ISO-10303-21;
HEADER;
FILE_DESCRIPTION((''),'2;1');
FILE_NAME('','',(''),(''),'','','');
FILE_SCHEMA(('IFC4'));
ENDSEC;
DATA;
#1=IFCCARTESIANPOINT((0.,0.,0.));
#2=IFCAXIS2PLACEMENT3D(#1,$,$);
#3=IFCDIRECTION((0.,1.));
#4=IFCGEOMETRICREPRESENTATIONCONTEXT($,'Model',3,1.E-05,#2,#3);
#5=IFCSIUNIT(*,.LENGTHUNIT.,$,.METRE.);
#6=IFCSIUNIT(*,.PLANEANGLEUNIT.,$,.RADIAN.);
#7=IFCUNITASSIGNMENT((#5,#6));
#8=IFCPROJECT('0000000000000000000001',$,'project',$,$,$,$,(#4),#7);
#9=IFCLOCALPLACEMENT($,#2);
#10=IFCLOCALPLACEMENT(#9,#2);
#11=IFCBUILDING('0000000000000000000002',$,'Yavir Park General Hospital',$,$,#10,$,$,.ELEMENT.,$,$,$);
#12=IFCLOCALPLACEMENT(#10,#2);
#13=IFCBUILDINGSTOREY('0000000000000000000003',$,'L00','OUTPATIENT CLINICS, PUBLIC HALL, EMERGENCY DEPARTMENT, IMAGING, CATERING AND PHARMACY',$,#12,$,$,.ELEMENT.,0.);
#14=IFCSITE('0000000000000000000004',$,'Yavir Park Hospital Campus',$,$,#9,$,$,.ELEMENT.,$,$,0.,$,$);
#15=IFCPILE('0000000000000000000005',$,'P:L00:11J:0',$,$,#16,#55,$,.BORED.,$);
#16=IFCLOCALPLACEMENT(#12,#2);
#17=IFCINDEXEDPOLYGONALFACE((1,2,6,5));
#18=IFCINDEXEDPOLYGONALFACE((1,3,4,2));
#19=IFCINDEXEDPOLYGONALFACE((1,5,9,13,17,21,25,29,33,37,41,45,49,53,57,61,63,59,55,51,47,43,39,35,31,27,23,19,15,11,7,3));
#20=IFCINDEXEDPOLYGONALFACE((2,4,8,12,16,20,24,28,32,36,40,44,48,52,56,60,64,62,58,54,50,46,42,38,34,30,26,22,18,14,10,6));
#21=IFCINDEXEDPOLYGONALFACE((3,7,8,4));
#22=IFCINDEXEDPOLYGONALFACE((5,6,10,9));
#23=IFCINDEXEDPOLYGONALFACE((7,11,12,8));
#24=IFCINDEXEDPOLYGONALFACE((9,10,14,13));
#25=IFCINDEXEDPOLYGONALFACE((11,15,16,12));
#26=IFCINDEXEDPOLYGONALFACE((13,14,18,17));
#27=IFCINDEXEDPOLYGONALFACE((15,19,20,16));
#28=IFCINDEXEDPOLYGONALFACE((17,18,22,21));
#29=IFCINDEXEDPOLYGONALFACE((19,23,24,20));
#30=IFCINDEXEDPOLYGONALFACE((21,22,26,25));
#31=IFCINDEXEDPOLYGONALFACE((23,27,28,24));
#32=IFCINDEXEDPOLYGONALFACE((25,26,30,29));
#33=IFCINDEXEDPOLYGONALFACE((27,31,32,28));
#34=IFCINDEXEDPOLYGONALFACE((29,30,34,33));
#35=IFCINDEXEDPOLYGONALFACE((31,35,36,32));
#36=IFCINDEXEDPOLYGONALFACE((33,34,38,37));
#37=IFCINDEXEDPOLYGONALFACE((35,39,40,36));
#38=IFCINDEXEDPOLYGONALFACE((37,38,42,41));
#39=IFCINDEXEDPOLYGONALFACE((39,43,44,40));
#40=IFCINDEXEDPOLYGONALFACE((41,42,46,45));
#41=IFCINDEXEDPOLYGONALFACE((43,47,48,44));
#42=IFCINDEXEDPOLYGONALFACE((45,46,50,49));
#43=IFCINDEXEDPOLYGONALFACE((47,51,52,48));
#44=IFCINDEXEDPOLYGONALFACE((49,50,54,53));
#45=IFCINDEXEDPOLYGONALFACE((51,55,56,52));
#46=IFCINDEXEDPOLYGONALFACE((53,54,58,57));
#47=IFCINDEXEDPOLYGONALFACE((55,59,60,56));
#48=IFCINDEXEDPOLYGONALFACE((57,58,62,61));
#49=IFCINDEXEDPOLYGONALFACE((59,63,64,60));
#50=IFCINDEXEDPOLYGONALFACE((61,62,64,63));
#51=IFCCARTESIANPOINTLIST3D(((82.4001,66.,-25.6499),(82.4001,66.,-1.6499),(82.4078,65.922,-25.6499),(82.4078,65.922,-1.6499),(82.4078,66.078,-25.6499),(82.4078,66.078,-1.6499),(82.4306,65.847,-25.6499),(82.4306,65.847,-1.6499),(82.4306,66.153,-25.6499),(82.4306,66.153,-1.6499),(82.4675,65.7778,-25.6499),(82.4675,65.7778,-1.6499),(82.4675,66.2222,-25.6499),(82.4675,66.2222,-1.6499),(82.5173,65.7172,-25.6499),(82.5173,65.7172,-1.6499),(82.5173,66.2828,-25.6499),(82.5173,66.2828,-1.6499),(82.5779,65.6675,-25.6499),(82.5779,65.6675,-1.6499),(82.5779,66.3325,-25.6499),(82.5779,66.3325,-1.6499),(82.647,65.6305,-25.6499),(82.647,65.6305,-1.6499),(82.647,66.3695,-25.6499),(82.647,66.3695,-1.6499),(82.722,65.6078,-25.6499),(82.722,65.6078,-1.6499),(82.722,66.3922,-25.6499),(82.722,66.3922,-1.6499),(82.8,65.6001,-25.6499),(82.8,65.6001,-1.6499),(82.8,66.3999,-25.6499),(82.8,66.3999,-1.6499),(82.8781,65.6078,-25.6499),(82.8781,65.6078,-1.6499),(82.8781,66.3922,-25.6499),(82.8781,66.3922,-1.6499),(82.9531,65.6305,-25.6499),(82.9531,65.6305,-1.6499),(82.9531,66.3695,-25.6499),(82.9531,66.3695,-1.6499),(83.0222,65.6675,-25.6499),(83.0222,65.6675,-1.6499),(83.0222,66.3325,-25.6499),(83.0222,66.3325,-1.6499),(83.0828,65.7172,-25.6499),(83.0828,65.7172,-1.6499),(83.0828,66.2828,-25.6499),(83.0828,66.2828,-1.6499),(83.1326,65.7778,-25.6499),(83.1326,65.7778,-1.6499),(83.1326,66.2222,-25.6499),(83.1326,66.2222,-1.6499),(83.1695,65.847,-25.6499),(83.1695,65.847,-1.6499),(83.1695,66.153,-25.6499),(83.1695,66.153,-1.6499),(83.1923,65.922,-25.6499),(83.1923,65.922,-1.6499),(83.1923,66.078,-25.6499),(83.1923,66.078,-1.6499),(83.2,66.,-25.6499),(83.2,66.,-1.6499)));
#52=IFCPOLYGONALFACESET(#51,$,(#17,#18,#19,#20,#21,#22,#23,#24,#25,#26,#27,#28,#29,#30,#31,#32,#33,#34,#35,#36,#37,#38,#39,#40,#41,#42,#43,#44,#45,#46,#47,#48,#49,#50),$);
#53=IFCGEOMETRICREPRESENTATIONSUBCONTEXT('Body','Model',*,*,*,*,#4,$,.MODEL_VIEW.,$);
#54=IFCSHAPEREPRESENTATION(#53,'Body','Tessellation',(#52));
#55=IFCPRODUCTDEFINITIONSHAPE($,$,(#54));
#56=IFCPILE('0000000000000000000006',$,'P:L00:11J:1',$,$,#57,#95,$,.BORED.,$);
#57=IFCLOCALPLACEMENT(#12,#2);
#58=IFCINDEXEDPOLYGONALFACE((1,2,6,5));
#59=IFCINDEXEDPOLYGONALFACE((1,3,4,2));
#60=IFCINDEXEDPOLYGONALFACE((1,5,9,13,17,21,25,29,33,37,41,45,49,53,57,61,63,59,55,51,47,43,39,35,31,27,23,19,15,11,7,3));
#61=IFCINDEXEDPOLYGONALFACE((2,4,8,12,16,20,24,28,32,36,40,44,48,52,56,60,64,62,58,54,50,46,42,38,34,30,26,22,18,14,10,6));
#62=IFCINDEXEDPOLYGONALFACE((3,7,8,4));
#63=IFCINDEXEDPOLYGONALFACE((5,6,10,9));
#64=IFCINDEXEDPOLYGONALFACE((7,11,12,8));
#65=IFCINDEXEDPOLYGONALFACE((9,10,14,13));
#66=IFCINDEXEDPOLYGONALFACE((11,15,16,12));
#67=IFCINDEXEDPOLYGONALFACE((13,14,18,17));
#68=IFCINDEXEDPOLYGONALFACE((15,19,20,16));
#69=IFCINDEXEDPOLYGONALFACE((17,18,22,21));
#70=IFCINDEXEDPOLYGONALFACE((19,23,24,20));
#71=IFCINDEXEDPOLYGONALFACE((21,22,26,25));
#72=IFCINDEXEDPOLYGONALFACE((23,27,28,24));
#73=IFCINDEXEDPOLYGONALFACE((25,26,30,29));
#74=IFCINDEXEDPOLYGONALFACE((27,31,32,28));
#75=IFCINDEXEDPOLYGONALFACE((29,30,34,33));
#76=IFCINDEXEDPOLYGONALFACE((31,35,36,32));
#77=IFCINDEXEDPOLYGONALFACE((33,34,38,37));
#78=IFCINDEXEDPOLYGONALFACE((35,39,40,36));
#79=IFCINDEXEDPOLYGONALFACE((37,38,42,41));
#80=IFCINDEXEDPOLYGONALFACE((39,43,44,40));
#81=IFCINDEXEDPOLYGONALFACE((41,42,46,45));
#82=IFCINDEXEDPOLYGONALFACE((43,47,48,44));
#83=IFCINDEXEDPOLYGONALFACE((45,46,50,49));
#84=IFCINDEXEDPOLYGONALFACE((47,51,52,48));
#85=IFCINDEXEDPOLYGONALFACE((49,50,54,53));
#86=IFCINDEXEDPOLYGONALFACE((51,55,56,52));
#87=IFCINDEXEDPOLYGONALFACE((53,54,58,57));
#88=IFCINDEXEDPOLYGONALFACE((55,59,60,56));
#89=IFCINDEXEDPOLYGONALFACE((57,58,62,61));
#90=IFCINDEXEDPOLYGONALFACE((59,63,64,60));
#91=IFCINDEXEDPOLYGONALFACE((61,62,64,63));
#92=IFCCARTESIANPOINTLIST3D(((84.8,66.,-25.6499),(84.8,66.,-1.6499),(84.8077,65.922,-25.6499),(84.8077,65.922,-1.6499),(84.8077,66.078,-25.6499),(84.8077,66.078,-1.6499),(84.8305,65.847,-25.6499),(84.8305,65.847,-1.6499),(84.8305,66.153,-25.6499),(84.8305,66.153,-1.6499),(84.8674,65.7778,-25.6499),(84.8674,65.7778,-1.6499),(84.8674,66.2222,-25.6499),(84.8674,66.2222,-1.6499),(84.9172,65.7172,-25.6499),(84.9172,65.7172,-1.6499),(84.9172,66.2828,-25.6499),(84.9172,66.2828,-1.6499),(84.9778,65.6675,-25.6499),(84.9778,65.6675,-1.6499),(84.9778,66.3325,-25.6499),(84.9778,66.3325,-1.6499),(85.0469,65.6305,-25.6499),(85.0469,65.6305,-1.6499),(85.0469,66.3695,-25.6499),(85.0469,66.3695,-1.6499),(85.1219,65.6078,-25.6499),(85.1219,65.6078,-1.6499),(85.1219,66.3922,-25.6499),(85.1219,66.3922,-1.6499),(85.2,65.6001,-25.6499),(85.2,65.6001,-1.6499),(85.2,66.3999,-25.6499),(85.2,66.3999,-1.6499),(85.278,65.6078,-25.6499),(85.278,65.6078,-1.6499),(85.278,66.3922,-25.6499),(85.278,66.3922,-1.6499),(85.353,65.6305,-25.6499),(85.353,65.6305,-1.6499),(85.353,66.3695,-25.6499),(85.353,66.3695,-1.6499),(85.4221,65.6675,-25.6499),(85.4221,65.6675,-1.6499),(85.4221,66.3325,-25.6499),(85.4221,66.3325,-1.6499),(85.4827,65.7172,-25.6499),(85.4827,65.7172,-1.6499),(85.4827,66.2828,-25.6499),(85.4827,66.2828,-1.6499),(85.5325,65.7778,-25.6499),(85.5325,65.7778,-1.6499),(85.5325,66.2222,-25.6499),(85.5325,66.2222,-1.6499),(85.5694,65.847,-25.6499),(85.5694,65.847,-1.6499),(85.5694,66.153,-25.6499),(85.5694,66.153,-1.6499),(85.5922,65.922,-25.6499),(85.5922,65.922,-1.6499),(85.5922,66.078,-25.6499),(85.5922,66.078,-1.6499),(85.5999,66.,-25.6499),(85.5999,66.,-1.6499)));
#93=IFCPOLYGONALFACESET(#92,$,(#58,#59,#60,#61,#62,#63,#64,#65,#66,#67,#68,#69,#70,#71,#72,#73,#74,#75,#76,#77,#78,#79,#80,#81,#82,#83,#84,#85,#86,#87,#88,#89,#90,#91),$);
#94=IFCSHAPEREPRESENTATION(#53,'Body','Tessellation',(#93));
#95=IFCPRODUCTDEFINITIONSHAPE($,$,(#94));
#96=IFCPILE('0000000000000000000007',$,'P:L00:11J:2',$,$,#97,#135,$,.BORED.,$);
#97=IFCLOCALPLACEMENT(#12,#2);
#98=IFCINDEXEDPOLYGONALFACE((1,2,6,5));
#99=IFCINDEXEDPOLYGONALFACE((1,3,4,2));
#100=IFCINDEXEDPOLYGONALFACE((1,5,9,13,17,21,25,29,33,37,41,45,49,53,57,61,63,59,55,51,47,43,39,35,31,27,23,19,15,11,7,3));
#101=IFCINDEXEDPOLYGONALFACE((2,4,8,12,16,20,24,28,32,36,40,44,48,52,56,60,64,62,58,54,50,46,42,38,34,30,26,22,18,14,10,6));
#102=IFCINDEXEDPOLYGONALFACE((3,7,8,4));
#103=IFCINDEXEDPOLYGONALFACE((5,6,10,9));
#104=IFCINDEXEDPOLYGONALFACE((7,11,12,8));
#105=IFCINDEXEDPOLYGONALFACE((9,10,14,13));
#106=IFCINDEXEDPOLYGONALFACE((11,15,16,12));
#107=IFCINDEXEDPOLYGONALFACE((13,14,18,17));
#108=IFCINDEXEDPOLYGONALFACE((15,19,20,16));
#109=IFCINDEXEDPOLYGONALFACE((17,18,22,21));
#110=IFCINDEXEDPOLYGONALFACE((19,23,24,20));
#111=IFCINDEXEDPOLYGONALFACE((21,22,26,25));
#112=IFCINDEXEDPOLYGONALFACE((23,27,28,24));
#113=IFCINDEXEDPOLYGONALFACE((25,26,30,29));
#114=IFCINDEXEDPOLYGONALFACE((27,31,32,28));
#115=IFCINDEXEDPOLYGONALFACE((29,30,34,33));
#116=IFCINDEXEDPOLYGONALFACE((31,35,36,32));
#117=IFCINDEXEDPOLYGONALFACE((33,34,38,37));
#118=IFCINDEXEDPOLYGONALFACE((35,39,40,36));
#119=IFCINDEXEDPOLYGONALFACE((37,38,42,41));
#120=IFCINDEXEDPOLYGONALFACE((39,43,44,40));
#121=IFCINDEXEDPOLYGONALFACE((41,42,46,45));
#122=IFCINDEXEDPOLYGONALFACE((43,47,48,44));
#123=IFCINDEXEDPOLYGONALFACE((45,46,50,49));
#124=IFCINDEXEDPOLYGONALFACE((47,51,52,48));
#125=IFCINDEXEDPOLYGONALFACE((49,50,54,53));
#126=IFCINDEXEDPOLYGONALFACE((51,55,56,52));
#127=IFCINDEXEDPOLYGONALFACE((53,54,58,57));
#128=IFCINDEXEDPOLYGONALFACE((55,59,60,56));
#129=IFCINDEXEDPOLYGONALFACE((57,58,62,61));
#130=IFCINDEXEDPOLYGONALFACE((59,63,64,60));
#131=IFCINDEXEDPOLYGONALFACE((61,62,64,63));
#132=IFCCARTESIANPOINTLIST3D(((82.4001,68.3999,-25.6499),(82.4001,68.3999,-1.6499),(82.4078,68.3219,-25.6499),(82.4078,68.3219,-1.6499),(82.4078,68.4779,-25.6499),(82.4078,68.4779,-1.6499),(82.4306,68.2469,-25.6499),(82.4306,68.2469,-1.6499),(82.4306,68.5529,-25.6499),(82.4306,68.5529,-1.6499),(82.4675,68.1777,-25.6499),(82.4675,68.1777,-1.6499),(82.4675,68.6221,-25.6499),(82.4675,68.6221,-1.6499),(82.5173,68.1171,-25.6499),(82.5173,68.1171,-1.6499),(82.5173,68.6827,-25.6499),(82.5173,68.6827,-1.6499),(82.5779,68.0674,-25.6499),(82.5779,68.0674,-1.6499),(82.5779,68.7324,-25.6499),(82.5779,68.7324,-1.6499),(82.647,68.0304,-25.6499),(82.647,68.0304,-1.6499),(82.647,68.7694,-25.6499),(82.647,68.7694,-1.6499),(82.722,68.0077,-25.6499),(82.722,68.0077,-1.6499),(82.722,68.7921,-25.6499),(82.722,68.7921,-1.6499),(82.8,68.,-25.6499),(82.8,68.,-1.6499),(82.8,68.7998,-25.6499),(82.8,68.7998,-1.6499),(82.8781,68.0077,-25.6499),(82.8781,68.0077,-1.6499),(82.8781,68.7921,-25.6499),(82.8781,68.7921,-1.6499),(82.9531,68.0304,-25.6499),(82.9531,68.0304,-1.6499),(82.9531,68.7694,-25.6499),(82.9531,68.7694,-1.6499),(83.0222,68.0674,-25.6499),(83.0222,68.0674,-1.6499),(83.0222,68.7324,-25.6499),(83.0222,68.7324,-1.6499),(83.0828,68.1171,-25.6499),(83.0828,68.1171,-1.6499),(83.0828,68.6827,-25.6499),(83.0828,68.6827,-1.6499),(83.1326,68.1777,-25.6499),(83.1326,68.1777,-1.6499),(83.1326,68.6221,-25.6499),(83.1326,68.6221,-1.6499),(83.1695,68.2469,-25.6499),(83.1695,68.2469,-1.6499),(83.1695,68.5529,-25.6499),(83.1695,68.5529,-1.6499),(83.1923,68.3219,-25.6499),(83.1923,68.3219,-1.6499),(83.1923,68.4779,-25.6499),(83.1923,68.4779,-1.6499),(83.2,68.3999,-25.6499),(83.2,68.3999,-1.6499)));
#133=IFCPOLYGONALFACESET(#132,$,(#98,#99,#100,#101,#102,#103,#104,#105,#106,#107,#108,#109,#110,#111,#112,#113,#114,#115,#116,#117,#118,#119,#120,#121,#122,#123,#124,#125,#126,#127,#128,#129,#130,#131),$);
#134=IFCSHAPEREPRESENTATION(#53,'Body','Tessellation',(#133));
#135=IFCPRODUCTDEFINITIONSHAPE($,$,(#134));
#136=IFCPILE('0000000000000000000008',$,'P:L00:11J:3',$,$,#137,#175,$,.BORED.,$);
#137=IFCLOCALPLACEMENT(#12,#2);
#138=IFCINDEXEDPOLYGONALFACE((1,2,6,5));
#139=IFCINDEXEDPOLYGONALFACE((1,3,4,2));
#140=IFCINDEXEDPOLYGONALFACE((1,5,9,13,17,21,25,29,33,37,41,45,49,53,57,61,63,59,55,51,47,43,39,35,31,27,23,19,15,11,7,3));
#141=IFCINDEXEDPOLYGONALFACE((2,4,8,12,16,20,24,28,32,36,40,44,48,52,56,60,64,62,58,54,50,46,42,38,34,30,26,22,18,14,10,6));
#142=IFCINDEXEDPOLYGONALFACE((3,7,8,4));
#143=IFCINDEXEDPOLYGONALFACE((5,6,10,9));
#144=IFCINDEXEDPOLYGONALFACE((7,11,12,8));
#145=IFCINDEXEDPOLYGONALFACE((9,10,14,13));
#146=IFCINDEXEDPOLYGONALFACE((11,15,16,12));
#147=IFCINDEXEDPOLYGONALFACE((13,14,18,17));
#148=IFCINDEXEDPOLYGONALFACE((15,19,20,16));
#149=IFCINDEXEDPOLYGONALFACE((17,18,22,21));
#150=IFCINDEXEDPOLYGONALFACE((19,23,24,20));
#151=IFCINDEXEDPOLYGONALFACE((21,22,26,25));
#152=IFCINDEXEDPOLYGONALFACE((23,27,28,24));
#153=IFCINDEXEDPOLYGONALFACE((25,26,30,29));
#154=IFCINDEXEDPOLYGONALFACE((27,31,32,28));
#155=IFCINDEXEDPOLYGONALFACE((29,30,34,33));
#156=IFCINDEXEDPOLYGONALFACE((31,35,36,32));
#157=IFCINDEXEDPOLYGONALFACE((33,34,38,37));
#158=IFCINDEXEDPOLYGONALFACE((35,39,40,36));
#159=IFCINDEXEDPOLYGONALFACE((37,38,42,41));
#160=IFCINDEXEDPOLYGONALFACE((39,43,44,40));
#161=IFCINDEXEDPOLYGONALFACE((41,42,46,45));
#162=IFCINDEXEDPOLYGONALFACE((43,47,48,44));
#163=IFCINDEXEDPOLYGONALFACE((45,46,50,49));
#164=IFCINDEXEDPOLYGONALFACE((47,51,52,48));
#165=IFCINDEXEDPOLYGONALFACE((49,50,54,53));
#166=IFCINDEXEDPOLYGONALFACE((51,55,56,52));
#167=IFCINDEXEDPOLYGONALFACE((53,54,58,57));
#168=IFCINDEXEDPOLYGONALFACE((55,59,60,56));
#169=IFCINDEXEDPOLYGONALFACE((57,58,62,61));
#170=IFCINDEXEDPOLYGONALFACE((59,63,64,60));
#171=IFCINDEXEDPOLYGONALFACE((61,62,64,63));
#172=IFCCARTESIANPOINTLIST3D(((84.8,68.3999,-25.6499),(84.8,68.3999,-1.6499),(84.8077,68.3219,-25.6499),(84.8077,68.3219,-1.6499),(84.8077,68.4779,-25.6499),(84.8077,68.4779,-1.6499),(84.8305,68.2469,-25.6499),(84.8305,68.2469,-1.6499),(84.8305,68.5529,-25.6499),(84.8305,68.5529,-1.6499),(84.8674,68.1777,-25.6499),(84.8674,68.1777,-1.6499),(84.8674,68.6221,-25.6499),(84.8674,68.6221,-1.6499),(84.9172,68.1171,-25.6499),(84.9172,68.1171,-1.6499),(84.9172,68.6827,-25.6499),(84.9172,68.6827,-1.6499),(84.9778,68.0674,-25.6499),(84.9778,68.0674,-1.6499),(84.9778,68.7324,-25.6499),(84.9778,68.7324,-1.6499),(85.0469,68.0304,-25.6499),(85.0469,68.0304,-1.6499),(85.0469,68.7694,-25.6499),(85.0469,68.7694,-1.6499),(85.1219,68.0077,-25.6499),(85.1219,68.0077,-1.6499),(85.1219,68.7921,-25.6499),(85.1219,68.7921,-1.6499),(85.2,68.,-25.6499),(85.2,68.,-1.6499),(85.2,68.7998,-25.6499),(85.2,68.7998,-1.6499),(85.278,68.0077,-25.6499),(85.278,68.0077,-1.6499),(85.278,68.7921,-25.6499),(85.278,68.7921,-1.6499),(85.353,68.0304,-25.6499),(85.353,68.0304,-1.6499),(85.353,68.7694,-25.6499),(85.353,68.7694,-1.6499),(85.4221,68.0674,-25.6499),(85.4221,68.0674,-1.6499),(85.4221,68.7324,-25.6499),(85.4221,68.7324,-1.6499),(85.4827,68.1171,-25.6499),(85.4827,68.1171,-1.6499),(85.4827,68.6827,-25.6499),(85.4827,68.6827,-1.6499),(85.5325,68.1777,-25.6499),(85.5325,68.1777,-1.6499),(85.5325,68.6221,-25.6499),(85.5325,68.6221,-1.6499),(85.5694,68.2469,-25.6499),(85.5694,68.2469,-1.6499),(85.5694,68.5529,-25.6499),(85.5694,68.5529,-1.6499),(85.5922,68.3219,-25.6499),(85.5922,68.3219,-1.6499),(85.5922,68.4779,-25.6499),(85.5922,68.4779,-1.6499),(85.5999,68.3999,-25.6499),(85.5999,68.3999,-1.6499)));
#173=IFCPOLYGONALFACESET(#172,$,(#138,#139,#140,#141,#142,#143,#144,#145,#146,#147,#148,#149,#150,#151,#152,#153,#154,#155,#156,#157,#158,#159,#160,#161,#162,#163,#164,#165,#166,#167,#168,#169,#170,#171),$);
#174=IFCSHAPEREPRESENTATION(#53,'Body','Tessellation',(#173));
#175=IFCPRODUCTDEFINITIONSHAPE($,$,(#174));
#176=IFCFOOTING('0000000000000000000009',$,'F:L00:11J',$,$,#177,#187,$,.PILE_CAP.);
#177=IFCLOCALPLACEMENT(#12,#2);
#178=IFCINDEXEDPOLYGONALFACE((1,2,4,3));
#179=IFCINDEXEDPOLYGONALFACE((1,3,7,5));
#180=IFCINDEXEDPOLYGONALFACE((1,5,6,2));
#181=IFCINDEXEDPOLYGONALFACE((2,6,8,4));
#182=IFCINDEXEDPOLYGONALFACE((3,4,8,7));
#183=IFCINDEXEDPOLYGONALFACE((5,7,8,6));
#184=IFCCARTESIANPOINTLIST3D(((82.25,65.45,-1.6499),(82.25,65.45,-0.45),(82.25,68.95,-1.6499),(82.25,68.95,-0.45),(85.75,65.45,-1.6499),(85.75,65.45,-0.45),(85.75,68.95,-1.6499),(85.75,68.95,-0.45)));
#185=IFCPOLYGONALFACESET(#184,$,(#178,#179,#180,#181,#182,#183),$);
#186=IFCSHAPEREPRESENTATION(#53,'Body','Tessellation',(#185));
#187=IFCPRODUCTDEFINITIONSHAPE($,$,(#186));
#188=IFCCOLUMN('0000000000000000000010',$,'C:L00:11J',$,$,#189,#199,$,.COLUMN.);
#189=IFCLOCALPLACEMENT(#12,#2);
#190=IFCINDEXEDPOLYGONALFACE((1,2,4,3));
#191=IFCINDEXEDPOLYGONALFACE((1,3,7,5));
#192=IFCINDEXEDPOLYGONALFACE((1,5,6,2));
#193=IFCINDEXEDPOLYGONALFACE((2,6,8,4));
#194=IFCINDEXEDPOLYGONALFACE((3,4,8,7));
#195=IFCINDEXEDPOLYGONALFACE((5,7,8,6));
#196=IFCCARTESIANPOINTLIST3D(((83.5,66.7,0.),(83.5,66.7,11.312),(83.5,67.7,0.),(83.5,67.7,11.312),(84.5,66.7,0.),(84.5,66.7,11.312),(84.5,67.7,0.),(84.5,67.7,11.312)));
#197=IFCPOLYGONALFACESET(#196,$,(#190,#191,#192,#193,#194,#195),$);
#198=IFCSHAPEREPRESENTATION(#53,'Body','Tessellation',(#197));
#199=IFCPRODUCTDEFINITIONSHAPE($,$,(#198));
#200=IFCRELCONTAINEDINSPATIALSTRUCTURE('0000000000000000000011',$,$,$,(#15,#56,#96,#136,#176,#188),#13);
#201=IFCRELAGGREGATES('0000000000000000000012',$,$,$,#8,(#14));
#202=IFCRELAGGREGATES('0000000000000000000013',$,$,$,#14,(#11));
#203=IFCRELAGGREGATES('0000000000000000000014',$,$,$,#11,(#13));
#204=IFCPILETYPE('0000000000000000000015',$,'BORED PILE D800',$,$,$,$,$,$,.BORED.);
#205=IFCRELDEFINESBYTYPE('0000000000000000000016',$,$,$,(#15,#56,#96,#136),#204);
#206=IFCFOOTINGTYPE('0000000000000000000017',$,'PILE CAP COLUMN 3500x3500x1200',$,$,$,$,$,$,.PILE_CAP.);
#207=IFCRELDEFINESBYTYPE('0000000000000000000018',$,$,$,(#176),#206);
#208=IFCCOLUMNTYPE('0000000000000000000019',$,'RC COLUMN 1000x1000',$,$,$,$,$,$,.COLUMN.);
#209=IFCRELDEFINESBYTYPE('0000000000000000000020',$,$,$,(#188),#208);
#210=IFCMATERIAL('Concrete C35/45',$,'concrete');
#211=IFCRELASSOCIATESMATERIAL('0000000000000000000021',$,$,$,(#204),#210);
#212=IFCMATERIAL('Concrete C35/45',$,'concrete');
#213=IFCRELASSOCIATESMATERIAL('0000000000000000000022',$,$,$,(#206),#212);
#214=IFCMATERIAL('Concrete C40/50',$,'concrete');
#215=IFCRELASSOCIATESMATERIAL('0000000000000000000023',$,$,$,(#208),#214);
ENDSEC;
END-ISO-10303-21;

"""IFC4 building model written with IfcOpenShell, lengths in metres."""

from ifc_helpers import new_model, si_unit, direction, frame, origin, origin_2d, place, context, subcontext, project, spatial, rectangle, circle, extrude, material, material_profile, profile_set, type_object, element, save


model = new_model("IFC4")

# Units and contexts
model_context = context("Model", 3, precision=1e-05, world=origin(), true_north=direction((0.0, 1.0)))
body_context = subcontext(model_context, "Body", "Model", "MODEL_VIEW")
ifc_project = project(units=[si_unit("LENGTHUNIT", "METRE"), si_unit("PLANEANGLEUNIT", "RADIAN")], contexts=[model_context])

# Site, building, storey
site_placement = place(None, origin())
site = spatial("IfcSite", under=ifc_project, at=site_placement, Name="Yavir Park Hospital Campus", CompositionType="ELEMENT", RefElevation=0.0)
building_placement = place(site_placement, origin())
building = spatial("IfcBuilding", under=site, at=building_placement, Name="Yavir Park General Hospital", CompositionType="ELEMENT")
storey_placement = place(building_placement, origin())
storey = spatial("IfcBuildingStorey", under=building, at=storey_placement, Name="L00", Description="OUTPATIENT CLINICS, PUBLIC HALL, EMERGENCY DEPARTMENT, IMAGING, CATERING AND PHARMACY", CompositionType="ELEMENT", Elevation=0.0)

# Piles
ifc_material_1 = material(Name="Concrete C35/45", Category="concrete")
ifc_material_profile_1 = material_profile(ifc_material_1, circle(Radius=0.3999, at=origin_2d()), Name="D800")
ifc_profile_set_1 = profile_set([ifc_material_profile_1], Name="Concrete C35/45")
pile_type = type_object("IfcPileType", Name="BORED PILE D800", PredefinedType="BORED", material=ifc_profile_set_1)
for number, where, z_axis, x_axis, name in (
    (1, (82.8, 66.0, -1.6499), (0.0, 0.0, -1.0), (1.0, 0.0, 0.0), "P:L00:11J:0"),
    (2, (85.2, 66.0, -1.6499), (0.0, 0.0, -1.0), (1.0, 0.0, 0.0), "P:L00:11J:1"),
    (3, (82.8, 68.3999, -1.6499), (0.0, 0.0, -1.0), (1.0, 0.0, 0.0), "P:L00:11J:2"),
    (4, (85.2, 68.3999, -1.6499), (0.0, 0.0, -1.0), (1.0, 0.0, 0.0), "P:L00:11J:3"),
):
    element("IfcPile", number, at=place(storey_placement, frame(where, z_axis=z_axis, x_axis=x_axis)), inside=storey, type_object=pile_type, Name=name, PredefinedType="BORED", context=body_context, shape_type="SweptSolid", body=[
        extrude(circle(Radius=0.3999, at=origin_2d()), origin(), (0.0, 0.0, 1.0), 24.0),
    ])

# Footing
ifc_material_2 = material(Name="Concrete C35/45", Category="concrete")
footing_type = type_object("IfcFootingType", Name="PILE CAP COLUMN 3500x3500x1200", PredefinedType="PILE_CAP", material=ifc_material_2)
footing_placement = place(storey_placement, frame((84.0, 67.2, -1.6499), z_axis=(0.0, 0.0, 1.0), x_axis=(1.0, 0.0, 0.0)))
element("IfcFooting", 5, at=footing_placement, inside=storey, type_object=footing_type, Name="F:L00:11J", PredefinedType="PILE_CAP", context=body_context, shape_type="SweptSolid", body=[
    extrude(rectangle(XDim=3.5, YDim=3.5, at=origin_2d()), origin(), (0.0, 0.0, 1.0), 1.2),
])

# Column
ifc_material_3 = material(Name="Concrete C40/50", Category="concrete")
ifc_material_profile_2 = material_profile(ifc_material_3, rectangle(XDim=1.0, YDim=1.0, at=origin_2d()), Name="RC1000x1000")
ifc_profile_set_2 = profile_set([ifc_material_profile_2], Name="Concrete C40/50")
column_type = type_object("IfcColumnType", Name="RC COLUMN 1000x1000", PredefinedType="COLUMN", material=ifc_profile_set_2)
column_placement = place(storey_placement, frame((84.0, 67.2, 0.0), z_axis=(0.0, 0.0, 1.0), x_axis=(1.0, 0.0, 0.0)))
element("IfcColumn", 6, at=column_placement, inside=storey, type_object=column_type, Name="C:L00:11J", PredefinedType="COLUMN", context=body_context, shape_type="SweptSolid", body=[
    extrude(rectangle(XDim=1.0, YDim=1.0, at=origin_2d()), origin(), (0.0, 0.0, 1.0), 11.312),
])

save(model, "model.ifc")
